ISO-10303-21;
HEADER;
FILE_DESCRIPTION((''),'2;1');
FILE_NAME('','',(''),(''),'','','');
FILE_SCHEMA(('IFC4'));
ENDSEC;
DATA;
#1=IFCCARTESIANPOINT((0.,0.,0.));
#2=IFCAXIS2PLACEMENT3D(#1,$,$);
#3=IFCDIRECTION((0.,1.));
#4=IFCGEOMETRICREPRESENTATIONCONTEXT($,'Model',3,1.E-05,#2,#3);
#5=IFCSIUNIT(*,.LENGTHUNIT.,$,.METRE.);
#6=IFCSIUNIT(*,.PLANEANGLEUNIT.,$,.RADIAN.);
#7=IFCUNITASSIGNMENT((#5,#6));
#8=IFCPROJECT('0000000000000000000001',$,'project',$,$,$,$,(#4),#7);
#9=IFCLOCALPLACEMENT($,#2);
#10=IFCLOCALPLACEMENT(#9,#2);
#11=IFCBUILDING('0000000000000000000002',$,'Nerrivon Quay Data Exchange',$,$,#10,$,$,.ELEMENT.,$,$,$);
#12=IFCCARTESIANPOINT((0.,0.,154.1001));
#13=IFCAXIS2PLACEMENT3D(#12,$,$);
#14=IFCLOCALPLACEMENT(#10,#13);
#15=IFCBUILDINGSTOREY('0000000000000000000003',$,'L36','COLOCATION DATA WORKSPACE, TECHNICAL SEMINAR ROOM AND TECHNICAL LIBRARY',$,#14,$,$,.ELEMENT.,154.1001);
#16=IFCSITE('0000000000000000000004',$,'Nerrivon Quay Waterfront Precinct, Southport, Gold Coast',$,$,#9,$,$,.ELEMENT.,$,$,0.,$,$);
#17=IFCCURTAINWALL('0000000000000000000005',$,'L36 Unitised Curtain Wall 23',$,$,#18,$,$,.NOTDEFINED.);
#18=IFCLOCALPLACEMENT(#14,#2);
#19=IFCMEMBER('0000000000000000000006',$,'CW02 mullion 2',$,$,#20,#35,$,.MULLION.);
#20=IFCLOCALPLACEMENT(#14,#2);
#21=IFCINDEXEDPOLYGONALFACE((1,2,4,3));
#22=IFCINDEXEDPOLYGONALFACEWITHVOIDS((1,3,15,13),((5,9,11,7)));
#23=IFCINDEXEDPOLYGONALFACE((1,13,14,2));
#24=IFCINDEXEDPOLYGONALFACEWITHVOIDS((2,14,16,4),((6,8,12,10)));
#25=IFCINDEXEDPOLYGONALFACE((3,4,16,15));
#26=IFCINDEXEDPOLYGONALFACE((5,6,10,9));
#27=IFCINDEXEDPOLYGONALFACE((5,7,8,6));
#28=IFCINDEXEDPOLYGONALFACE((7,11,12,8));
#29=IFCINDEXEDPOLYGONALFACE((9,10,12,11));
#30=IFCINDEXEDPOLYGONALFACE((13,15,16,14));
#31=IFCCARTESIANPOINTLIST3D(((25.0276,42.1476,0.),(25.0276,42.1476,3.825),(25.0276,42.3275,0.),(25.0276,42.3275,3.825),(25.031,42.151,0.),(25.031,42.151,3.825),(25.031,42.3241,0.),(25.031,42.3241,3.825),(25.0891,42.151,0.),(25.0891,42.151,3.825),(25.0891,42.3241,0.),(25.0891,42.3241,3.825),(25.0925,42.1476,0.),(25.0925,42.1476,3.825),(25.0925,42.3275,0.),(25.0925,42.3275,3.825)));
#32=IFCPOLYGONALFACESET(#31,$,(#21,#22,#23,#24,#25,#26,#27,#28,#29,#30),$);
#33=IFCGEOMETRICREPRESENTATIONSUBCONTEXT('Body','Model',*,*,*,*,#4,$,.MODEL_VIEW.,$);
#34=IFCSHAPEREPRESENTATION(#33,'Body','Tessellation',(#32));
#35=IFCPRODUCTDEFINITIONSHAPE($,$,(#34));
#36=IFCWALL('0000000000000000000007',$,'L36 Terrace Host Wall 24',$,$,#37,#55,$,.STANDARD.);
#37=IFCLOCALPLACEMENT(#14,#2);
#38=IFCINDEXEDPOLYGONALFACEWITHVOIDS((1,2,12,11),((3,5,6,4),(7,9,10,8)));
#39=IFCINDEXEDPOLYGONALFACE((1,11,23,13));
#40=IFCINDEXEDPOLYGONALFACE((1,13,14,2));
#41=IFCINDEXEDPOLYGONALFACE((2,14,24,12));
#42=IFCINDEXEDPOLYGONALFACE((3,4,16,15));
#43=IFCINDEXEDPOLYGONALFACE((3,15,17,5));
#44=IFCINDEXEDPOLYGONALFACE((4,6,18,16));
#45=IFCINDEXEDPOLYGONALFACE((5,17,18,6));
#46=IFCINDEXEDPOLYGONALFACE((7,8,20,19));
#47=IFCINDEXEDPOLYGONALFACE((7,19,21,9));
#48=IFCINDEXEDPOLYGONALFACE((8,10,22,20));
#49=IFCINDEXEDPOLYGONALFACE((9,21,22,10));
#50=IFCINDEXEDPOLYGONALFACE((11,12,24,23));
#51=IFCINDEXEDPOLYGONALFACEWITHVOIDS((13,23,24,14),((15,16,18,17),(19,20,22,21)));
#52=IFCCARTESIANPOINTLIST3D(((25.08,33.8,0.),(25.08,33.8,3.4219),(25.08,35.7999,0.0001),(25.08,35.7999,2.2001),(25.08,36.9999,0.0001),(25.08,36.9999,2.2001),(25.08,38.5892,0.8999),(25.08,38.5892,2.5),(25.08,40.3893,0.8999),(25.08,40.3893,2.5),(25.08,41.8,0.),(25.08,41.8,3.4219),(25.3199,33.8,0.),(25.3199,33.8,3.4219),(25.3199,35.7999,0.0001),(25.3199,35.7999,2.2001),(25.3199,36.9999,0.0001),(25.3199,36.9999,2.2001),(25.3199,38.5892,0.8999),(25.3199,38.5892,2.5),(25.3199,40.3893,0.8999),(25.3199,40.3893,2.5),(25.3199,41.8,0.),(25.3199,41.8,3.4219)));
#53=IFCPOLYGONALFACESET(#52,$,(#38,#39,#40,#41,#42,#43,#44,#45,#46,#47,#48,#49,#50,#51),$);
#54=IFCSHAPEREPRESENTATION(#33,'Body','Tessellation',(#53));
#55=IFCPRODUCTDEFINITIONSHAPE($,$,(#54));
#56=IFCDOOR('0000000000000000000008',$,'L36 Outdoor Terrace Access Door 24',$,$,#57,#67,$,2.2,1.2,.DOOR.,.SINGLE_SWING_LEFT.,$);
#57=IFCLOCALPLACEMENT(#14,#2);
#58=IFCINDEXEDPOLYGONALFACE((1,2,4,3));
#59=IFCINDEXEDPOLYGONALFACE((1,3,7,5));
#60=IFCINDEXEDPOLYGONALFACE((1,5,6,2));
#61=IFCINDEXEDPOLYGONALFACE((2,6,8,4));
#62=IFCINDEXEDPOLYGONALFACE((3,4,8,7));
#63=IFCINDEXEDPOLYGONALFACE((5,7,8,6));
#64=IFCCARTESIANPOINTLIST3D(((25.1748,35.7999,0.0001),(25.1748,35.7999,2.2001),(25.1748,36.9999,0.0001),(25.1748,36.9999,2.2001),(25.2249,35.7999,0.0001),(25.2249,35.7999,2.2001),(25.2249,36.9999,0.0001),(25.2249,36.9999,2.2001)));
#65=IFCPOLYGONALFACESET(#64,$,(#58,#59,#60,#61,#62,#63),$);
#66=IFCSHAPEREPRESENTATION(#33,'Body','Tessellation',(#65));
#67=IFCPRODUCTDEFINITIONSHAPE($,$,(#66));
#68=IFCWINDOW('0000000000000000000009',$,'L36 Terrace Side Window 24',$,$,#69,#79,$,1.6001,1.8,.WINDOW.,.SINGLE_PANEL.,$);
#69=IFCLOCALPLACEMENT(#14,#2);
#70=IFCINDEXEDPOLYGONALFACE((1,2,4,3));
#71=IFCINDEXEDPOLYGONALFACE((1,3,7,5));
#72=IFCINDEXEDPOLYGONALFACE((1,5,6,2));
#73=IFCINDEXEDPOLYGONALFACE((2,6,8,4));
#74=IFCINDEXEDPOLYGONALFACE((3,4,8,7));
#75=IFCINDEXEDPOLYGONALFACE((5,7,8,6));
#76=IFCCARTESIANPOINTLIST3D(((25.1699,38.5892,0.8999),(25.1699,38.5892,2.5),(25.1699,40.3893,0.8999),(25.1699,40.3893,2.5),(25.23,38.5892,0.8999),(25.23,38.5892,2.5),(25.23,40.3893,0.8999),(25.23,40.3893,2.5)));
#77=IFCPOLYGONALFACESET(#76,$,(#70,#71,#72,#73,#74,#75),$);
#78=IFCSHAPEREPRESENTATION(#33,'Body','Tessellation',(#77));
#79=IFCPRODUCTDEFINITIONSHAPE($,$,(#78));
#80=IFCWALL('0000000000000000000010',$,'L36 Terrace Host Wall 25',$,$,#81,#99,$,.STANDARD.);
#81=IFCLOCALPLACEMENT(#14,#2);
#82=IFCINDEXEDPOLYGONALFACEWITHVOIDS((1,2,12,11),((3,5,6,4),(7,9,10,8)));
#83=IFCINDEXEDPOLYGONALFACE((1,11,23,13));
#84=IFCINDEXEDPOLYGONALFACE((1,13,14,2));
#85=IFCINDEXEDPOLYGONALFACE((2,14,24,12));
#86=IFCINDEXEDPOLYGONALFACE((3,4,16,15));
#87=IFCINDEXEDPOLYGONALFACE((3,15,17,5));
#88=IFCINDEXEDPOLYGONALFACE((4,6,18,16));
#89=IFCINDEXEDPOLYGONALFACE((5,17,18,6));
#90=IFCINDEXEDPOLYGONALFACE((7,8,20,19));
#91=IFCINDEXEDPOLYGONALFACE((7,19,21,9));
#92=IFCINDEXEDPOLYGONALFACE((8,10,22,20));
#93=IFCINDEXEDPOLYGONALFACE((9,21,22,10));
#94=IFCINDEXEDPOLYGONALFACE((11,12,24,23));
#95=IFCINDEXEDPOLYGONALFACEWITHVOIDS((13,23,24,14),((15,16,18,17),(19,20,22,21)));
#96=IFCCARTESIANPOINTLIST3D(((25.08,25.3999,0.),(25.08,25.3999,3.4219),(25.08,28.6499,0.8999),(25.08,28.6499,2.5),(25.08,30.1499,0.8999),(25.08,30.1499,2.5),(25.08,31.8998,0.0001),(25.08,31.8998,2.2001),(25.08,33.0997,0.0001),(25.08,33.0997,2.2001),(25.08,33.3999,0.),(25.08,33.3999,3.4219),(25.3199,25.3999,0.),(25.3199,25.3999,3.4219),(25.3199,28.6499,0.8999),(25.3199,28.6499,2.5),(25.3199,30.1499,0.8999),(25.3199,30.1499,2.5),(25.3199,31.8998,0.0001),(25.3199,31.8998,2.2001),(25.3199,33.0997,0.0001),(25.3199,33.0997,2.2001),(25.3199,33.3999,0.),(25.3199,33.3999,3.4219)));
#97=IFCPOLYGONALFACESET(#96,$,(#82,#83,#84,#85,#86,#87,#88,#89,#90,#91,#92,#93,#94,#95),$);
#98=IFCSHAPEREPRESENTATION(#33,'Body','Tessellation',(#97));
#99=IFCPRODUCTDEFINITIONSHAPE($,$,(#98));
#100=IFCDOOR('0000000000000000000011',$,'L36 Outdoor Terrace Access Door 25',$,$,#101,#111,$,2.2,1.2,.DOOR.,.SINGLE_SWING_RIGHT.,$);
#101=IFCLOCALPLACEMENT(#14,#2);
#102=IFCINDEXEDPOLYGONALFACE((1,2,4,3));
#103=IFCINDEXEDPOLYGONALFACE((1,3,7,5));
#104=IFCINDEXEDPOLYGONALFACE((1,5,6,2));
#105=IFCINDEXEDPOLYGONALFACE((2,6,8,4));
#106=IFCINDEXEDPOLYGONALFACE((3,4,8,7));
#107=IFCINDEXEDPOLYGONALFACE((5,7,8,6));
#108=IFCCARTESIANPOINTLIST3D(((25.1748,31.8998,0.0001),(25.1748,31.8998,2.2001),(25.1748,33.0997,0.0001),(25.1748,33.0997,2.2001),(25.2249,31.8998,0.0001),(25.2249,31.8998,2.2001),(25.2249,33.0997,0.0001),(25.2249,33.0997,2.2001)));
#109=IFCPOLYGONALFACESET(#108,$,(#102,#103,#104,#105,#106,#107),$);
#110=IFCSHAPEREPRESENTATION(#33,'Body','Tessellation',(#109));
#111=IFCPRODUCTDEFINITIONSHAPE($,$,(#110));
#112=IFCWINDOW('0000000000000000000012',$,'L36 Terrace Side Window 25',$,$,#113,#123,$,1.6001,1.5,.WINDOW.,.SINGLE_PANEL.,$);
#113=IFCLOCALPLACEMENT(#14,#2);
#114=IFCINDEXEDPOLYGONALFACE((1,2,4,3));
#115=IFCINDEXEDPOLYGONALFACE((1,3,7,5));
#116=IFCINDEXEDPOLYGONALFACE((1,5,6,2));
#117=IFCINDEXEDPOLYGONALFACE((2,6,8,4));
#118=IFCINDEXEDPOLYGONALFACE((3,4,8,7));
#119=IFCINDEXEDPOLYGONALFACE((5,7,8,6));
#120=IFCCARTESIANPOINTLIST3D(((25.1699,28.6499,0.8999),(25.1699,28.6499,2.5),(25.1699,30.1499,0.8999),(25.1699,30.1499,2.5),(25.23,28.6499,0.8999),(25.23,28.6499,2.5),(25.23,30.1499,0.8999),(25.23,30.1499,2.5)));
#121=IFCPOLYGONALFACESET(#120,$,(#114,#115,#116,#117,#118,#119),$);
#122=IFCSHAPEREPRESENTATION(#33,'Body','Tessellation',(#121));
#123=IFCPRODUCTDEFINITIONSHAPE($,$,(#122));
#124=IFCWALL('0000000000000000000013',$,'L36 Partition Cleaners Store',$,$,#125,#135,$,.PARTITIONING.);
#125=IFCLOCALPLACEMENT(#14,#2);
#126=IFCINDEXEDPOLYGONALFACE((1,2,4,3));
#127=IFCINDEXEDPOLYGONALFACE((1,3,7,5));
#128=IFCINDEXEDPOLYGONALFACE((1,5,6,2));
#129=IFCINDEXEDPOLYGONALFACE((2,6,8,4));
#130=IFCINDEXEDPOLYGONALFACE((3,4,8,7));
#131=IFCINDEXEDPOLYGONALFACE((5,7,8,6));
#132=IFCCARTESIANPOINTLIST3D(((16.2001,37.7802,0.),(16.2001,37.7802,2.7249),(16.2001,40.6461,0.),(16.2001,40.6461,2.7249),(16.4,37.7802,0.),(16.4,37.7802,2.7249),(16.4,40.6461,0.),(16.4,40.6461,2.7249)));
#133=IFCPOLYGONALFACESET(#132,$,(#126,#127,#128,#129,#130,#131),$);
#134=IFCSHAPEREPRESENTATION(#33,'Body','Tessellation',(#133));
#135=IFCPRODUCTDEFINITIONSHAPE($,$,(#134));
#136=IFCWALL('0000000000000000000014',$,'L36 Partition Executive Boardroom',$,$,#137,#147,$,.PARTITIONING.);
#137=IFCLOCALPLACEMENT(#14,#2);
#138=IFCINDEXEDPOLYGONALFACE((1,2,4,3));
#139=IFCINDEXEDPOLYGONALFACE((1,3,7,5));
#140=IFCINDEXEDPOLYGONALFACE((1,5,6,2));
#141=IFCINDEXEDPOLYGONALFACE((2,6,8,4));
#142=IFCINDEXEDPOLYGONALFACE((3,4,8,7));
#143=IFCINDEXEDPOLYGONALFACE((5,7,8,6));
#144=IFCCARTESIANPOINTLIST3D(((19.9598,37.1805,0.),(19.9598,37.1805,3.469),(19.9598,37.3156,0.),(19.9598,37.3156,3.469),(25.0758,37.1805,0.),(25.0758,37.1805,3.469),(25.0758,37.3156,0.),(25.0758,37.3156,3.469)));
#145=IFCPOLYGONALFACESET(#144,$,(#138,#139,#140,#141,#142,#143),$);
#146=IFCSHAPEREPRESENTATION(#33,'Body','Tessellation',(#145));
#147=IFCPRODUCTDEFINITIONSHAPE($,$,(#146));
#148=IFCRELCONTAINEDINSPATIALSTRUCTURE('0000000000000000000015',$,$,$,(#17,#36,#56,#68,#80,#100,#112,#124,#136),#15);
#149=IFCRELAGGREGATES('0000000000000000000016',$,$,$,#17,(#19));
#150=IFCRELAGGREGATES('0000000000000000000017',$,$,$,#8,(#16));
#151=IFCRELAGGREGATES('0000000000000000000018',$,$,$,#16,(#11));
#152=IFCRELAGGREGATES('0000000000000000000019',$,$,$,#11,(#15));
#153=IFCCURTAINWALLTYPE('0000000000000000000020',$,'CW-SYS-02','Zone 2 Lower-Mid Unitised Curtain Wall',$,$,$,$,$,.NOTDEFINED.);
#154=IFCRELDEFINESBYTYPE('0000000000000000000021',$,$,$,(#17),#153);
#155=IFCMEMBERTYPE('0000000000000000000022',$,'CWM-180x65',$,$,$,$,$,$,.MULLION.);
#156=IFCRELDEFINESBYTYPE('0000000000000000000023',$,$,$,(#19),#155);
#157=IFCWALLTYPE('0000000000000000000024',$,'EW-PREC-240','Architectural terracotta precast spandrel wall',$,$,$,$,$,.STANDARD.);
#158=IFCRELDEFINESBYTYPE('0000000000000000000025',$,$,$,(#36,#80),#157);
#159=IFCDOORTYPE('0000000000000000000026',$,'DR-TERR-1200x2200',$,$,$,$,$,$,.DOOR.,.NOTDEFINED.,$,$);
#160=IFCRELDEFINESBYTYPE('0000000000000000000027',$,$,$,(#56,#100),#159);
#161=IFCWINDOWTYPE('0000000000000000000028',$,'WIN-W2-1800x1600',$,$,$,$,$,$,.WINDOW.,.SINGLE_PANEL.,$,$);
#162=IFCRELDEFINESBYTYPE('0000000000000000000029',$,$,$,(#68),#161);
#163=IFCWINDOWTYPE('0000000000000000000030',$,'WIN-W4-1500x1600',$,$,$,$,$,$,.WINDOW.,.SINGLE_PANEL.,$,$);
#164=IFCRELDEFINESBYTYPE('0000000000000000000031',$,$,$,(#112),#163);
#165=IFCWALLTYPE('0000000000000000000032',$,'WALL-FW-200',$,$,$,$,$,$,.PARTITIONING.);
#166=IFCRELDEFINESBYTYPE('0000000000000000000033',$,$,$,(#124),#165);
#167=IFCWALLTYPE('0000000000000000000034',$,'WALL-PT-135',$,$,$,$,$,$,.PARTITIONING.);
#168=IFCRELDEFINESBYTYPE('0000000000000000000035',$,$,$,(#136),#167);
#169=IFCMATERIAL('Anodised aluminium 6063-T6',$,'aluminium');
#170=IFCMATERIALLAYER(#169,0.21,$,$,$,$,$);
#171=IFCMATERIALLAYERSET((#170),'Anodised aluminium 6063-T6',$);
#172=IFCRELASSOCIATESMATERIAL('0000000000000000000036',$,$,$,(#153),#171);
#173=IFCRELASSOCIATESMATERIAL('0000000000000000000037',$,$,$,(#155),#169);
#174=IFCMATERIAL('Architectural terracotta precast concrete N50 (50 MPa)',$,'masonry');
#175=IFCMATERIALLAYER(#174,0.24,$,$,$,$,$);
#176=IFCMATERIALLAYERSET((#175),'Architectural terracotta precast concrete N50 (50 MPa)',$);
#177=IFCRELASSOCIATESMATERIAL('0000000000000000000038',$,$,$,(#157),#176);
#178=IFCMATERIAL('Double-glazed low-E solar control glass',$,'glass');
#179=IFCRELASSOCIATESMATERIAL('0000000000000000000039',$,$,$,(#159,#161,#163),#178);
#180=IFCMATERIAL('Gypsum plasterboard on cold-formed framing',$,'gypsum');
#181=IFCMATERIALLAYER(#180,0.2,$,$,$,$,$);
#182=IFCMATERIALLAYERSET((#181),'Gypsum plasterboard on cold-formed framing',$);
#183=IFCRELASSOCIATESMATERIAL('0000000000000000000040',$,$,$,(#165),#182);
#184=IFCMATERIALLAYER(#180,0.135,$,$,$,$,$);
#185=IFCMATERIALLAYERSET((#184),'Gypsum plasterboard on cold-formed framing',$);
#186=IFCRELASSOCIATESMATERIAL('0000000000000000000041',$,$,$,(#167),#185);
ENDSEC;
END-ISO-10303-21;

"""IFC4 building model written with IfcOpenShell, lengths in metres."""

from ifc_helpers import new_model, si_unit, direction, frame, frame_2d, origin, origin_2d, place, context, subcontext, project, spatial, rectangle, hollow_rectangle, extrude, material, layer, layer_set, material_profile, profile_set, type_object, element, fill, aggregate, save


model = new_model("IFC4")

# Units and contexts
model_context = context("Model", 3, precision=1e-05, world=origin(), true_north=direction((0.0, 1.0)))
body_context = subcontext(model_context, "Body", "Model", "MODEL_VIEW")
ifc_project = project(units=[si_unit("LENGTHUNIT", "METRE"), si_unit("PLANEANGLEUNIT", "RADIAN")], contexts=[model_context])

# Site, building, storey
site_placement = place(None, origin())
site = spatial("IfcSite", under=ifc_project, at=site_placement, Name="Nerrivon Quay Waterfront Precinct, Southport, Gold Coast", CompositionType="ELEMENT", RefElevation=0.0)
building_placement = place(site_placement, origin())
building = spatial("IfcBuilding", under=site, at=building_placement, Name="Nerrivon Quay Data Exchange", CompositionType="ELEMENT")
storey_placement = place(building_placement, frame((0.0, 0.0, 154.1001)))
storey = spatial("IfcBuildingStorey", under=building, at=storey_placement, Name="L36", Description="COLOCATION DATA WORKSPACE, TECHNICAL SEMINAR ROOM AND TECHNICAL LIBRARY", CompositionType="ELEMENT", Elevation=154.1001)

# Curtain wall, member
ifc_material_1 = material(Name="Anodised aluminium 6063-T6", Category="aluminium")
ifc_layer_1 = layer(ifc_material_1, 0.21)
ifc_layer_set_1 = layer_set([ifc_layer_1], Name="Anodised aluminium 6063-T6")
curtain_wall_type = type_object("IfcCurtainWallType", Name="CW-SYS-02", Description="Zone 2 Lower-Mid Unitised Curtain Wall", PredefinedType="NOTDEFINED", material=ifc_layer_set_1)
curtain_wall_placement = place(storey_placement, origin())
curtain_wall = element("IfcCurtainWall", 1, at=curtain_wall_placement, inside=storey, type_object=curtain_wall_type, Name="L36 Unitised Curtain Wall 23", PredefinedType="NOTDEFINED")
ifc_material_profile_1 = material_profile(ifc_material_1, hollow_rectangle(XDim=0.0649, YDim=0.1799, WallThickness=0.0034, at=origin_2d()), Name="ALU-MULL-180x65")
ifc_profile_set_1 = profile_set([ifc_material_profile_1], Name="Anodised aluminium 6063-T6")
member_type = type_object("IfcMemberType", Name="CWM-180x65", PredefinedType="MULLION", material=ifc_profile_set_1)
member_placement = place(storey_placement, frame((25.0601, 42.2375, 0.0), z_axis=(0.0, 0.0, 1.0), x_axis=(1.0, 0.0, 0.0)))
member = element("IfcMember", 2, at=member_placement, type_object=member_type, Name="CW02 mullion 2", PredefinedType="MULLION", context=body_context, shape_type="SweptSolid", body=[
    extrude(hollow_rectangle(XDim=0.0649, YDim=0.1799, WallThickness=0.0034, at=origin_2d()), origin(), (0.0, 0.0, 1.0), 3.825),
])
aggregate(curtain_wall, [member])

# Walls, openings, doors, windows
ifc_material_2 = material(Name="Architectural terracotta precast concrete N50 (50 MPa)", Category="masonry")
ifc_layer_2 = layer(ifc_material_2, 0.24)
ifc_layer_set_2 = layer_set([ifc_layer_2], Name="Architectural terracotta precast concrete N50 (50 MPa)")
wall_type_1 = type_object("IfcWallType", Name="EW-PREC-240", Description="Architectural terracotta precast spandrel wall", PredefinedType="STANDARD", material=ifc_layer_set_2)
wall_1_placement = place(storey_placement, frame((25.2, 41.8, 0.0), z_axis=(0.0, 0.0, 1.0), x_axis=(0.0, -1.0, 0.0)))
wall_1 = element("IfcWall", 3, at=wall_1_placement, inside=storey, type_object=wall_type_1, Name="L36 Terrace Host Wall 24", PredefinedType="STANDARD", context=body_context, shape_type="SweptSolid", body=[
    extrude(rectangle(XDim=8.0, YDim=0.24, at=frame_2d((4.0, 0.0))), origin(), (0.0, 0.0, 1.0), 3.4219),
])
opening_1_placement = place(wall_1_placement, frame((4.8, 0.0, 0.0)))
opening_1 = element("IfcOpeningElement", 4, at=opening_1_placement, cuts=wall_1, PredefinedType="OPENING", context=body_context, shape_type="SweptSolid", body=[
    extrude(rectangle(XDim=1.2, YDim=2.2, at=frame_2d((0.6001, 1.1001))), frame((0.0, 0.1299, 0.0), z_axis=(0.0, -1.0, 0.0), x_axis=(1.0, 0.0, 0.0)), (0.0, 0.0, 1.0), 0.26),
])
opening_2_placement = place(wall_1_placement, frame((1.4109, 0.0, 0.8999)))
opening_2 = element("IfcOpeningElement", 5, at=opening_2_placement, cuts=wall_1, PredefinedType="OPENING", context=body_context, shape_type="SweptSolid", body=[
    extrude(rectangle(XDim=1.8, YDim=1.6001, at=frame_2d((0.8999, 0.8))), frame((0.0, 0.1299, 0.0), z_axis=(0.0, -1.0, 0.0), x_axis=(1.0, 0.0, 0.0)), (0.0, 0.0, 1.0), 0.26),
])
ifc_material_3 = material(Name="Double-glazed low-E solar control glass", Category="glass")
door_type_1 = type_object("IfcDoorType", Name="DR-TERR-1200x2200", OperationType="NOTDEFINED", PredefinedType="DOOR", material=ifc_material_3)
door_1_placement = place(opening_1_placement, origin())
door_1 = element("IfcDoor", 6, at=door_1_placement, inside=storey, type_object=door_type_1, Name="L36 Outdoor Terrace Access Door 24", OperationType="SINGLE_SWING_LEFT", OverallHeight=2.2, OverallWidth=1.2, PredefinedType="DOOR", context=body_context, shape_type="SweptSolid", body=[
    extrude(rectangle(XDim=1.2, YDim=2.2, at=frame_2d((0.6001, 1.1001))), frame((0.0, 0.0249, 0.0), z_axis=(0.0, -1.0, 0.0), x_axis=(1.0, 0.0, 0.0)), (0.0, 0.0, 1.0), 0.05),
])
fill(opening_1, door_1)
window_type_1 = type_object("IfcWindowType", Name="WIN-W2-1800x1600", PartitioningType="SINGLE_PANEL", PredefinedType="WINDOW", material=ifc_material_3)
window_1_placement = place(opening_2_placement, origin())
window_1 = element("IfcWindow", 7, at=window_1_placement, inside=storey, type_object=window_type_1, Name="L36 Terrace Side Window 24", OverallHeight=1.6001, OverallWidth=1.8, PartitioningType="SINGLE_PANEL", PredefinedType="WINDOW", context=body_context, shape_type="SweptSolid", body=[
    extrude(rectangle(XDim=1.8, YDim=1.6001, at=frame_2d((0.8999, 0.8))), frame((0.0, 0.03, 0.0), z_axis=(0.0, -1.0, 0.0), x_axis=(1.0, 0.0, 0.0)), (0.0, 0.0, 1.0), 0.0601),
])
fill(opening_2, window_1)
wall_2_placement = place(storey_placement, frame((25.2, 33.3999, 0.0), z_axis=(0.0, 0.0, 1.0), x_axis=(0.0, -1.0, 0.0)))
wall_2 = element("IfcWall", 8, at=wall_2_placement, inside=storey, type_object=wall_type_1, Name="L36 Terrace Host Wall 25", PredefinedType="STANDARD", context=body_context, shape_type="SweptSolid", body=[
    extrude(rectangle(XDim=8.0, YDim=0.24, at=frame_2d((4.0, 0.0))), origin(), (0.0, 0.0, 1.0), 3.4219),
])
opening_3_placement = place(wall_2_placement, frame((0.3, 0.0, 0.0)))
opening_3 = element("IfcOpeningElement", 9, at=opening_3_placement, cuts=wall_2, PredefinedType="OPENING", context=body_context, shape_type="SweptSolid", body=[
    extrude(rectangle(XDim=1.2, YDim=2.2, at=frame_2d((0.6001, 1.1001))), frame((0.0, 0.1299, 0.0), z_axis=(0.0, -1.0, 0.0), x_axis=(1.0, 0.0, 0.0)), (0.0, 0.0, 1.0), 0.26),
])
opening_4_placement = place(wall_2_placement, frame((3.25, 0.0, 0.8999)))
opening_4 = element("IfcOpeningElement", 10, at=opening_4_placement, cuts=wall_2, PredefinedType="OPENING", context=body_context, shape_type="SweptSolid", body=[
    extrude(rectangle(XDim=1.5, YDim=1.6001, at=frame_2d((0.75, 0.8))), frame((0.0, 0.1299, 0.0), z_axis=(0.0, -1.0, 0.0), x_axis=(1.0, 0.0, 0.0)), (0.0, 0.0, 1.0), 0.26),
])
door_2_placement = place(opening_3_placement, origin())
door_2 = element("IfcDoor", 11, at=door_2_placement, inside=storey, type_object=door_type_1, Name="L36 Outdoor Terrace Access Door 25", OperationType="SINGLE_SWING_RIGHT", OverallHeight=2.2, OverallWidth=1.2, PredefinedType="DOOR", context=body_context, shape_type="SweptSolid", body=[
    extrude(rectangle(XDim=1.2, YDim=2.2, at=frame_2d((0.6001, 1.1001))), frame((0.0, 0.0249, 0.0), z_axis=(0.0, -1.0, 0.0), x_axis=(1.0, 0.0, 0.0)), (0.0, 0.0, 1.0), 0.05),
])
fill(opening_3, door_2)
window_type_2 = type_object("IfcWindowType", Name="WIN-W4-1500x1600", PartitioningType="SINGLE_PANEL", PredefinedType="WINDOW", material=ifc_material_3)
window_2_placement = place(opening_4_placement, origin())
window_2 = element("IfcWindow", 12, at=window_2_placement, inside=storey, type_object=window_type_2, Name="L36 Terrace Side Window 25", OverallHeight=1.6001, OverallWidth=1.5, PartitioningType="SINGLE_PANEL", PredefinedType="WINDOW", context=body_context, shape_type="SweptSolid", body=[
    extrude(rectangle(XDim=1.5, YDim=1.6001, at=frame_2d((0.75, 0.8))), frame((0.0, 0.03, 0.0), z_axis=(0.0, -1.0, 0.0), x_axis=(1.0, 0.0, 0.0)), (0.0, 0.0, 1.0), 0.0601),
])
fill(opening_4, window_2)

# Walls
ifc_material_4 = material(Name="Gypsum plasterboard on cold-formed framing", Category="gypsum")
ifc_layer_3 = layer(ifc_material_4, 0.2)
ifc_layer_set_3 = layer_set([ifc_layer_3], Name="Gypsum plasterboard on cold-formed framing")
wall_type_2 = type_object("IfcWallType", Name="WALL-FW-200", PredefinedType="PARTITIONING", material=ifc_layer_set_3)
wall_3_placement = place(storey_placement, frame((16.3, 37.78, 0.0), z_axis=(0.0, 0.0, 1.0), x_axis=(0.0, 1.0, 0.0)))
element("IfcWall", 13, at=wall_3_placement, inside=storey, type_object=wall_type_2, Name="L36 Partition Cleaners Store", PredefinedType="PARTITIONING", context=body_context, shape_type="SweptSolid", body=[
    extrude(rectangle(XDim=2.866, YDim=0.2, at=frame_2d((1.4331, 0.0))), origin(), (0.0, 0.0, 1.0), 2.7249),
])
ifc_layer_4 = layer(ifc_material_4, 0.135)
ifc_layer_set_4 = layer_set([ifc_layer_4], Name="Gypsum plasterboard on cold-formed framing")
wall_type_3 = type_object("IfcWallType", Name="WALL-PT-135", PredefinedType="PARTITIONING", material=ifc_layer_set_4)
wall_4_placement = place(storey_placement, frame((25.0759, 37.248, 0.0), z_axis=(0.0, 0.0, 1.0), x_axis=(-1.0, 0.0, 0.0)))
element("IfcWall", 14, at=wall_4_placement, inside=storey, type_object=wall_type_3, Name="L36 Partition Executive Boardroom", PredefinedType="PARTITIONING", context=body_context, shape_type="SweptSolid", body=[
    extrude(rectangle(XDim=5.116, YDim=0.135, at=frame_2d((2.5581, 0.0))), origin(), (0.0, 0.0, 1.0), 3.469),
])

save(model, "model.ifc")
